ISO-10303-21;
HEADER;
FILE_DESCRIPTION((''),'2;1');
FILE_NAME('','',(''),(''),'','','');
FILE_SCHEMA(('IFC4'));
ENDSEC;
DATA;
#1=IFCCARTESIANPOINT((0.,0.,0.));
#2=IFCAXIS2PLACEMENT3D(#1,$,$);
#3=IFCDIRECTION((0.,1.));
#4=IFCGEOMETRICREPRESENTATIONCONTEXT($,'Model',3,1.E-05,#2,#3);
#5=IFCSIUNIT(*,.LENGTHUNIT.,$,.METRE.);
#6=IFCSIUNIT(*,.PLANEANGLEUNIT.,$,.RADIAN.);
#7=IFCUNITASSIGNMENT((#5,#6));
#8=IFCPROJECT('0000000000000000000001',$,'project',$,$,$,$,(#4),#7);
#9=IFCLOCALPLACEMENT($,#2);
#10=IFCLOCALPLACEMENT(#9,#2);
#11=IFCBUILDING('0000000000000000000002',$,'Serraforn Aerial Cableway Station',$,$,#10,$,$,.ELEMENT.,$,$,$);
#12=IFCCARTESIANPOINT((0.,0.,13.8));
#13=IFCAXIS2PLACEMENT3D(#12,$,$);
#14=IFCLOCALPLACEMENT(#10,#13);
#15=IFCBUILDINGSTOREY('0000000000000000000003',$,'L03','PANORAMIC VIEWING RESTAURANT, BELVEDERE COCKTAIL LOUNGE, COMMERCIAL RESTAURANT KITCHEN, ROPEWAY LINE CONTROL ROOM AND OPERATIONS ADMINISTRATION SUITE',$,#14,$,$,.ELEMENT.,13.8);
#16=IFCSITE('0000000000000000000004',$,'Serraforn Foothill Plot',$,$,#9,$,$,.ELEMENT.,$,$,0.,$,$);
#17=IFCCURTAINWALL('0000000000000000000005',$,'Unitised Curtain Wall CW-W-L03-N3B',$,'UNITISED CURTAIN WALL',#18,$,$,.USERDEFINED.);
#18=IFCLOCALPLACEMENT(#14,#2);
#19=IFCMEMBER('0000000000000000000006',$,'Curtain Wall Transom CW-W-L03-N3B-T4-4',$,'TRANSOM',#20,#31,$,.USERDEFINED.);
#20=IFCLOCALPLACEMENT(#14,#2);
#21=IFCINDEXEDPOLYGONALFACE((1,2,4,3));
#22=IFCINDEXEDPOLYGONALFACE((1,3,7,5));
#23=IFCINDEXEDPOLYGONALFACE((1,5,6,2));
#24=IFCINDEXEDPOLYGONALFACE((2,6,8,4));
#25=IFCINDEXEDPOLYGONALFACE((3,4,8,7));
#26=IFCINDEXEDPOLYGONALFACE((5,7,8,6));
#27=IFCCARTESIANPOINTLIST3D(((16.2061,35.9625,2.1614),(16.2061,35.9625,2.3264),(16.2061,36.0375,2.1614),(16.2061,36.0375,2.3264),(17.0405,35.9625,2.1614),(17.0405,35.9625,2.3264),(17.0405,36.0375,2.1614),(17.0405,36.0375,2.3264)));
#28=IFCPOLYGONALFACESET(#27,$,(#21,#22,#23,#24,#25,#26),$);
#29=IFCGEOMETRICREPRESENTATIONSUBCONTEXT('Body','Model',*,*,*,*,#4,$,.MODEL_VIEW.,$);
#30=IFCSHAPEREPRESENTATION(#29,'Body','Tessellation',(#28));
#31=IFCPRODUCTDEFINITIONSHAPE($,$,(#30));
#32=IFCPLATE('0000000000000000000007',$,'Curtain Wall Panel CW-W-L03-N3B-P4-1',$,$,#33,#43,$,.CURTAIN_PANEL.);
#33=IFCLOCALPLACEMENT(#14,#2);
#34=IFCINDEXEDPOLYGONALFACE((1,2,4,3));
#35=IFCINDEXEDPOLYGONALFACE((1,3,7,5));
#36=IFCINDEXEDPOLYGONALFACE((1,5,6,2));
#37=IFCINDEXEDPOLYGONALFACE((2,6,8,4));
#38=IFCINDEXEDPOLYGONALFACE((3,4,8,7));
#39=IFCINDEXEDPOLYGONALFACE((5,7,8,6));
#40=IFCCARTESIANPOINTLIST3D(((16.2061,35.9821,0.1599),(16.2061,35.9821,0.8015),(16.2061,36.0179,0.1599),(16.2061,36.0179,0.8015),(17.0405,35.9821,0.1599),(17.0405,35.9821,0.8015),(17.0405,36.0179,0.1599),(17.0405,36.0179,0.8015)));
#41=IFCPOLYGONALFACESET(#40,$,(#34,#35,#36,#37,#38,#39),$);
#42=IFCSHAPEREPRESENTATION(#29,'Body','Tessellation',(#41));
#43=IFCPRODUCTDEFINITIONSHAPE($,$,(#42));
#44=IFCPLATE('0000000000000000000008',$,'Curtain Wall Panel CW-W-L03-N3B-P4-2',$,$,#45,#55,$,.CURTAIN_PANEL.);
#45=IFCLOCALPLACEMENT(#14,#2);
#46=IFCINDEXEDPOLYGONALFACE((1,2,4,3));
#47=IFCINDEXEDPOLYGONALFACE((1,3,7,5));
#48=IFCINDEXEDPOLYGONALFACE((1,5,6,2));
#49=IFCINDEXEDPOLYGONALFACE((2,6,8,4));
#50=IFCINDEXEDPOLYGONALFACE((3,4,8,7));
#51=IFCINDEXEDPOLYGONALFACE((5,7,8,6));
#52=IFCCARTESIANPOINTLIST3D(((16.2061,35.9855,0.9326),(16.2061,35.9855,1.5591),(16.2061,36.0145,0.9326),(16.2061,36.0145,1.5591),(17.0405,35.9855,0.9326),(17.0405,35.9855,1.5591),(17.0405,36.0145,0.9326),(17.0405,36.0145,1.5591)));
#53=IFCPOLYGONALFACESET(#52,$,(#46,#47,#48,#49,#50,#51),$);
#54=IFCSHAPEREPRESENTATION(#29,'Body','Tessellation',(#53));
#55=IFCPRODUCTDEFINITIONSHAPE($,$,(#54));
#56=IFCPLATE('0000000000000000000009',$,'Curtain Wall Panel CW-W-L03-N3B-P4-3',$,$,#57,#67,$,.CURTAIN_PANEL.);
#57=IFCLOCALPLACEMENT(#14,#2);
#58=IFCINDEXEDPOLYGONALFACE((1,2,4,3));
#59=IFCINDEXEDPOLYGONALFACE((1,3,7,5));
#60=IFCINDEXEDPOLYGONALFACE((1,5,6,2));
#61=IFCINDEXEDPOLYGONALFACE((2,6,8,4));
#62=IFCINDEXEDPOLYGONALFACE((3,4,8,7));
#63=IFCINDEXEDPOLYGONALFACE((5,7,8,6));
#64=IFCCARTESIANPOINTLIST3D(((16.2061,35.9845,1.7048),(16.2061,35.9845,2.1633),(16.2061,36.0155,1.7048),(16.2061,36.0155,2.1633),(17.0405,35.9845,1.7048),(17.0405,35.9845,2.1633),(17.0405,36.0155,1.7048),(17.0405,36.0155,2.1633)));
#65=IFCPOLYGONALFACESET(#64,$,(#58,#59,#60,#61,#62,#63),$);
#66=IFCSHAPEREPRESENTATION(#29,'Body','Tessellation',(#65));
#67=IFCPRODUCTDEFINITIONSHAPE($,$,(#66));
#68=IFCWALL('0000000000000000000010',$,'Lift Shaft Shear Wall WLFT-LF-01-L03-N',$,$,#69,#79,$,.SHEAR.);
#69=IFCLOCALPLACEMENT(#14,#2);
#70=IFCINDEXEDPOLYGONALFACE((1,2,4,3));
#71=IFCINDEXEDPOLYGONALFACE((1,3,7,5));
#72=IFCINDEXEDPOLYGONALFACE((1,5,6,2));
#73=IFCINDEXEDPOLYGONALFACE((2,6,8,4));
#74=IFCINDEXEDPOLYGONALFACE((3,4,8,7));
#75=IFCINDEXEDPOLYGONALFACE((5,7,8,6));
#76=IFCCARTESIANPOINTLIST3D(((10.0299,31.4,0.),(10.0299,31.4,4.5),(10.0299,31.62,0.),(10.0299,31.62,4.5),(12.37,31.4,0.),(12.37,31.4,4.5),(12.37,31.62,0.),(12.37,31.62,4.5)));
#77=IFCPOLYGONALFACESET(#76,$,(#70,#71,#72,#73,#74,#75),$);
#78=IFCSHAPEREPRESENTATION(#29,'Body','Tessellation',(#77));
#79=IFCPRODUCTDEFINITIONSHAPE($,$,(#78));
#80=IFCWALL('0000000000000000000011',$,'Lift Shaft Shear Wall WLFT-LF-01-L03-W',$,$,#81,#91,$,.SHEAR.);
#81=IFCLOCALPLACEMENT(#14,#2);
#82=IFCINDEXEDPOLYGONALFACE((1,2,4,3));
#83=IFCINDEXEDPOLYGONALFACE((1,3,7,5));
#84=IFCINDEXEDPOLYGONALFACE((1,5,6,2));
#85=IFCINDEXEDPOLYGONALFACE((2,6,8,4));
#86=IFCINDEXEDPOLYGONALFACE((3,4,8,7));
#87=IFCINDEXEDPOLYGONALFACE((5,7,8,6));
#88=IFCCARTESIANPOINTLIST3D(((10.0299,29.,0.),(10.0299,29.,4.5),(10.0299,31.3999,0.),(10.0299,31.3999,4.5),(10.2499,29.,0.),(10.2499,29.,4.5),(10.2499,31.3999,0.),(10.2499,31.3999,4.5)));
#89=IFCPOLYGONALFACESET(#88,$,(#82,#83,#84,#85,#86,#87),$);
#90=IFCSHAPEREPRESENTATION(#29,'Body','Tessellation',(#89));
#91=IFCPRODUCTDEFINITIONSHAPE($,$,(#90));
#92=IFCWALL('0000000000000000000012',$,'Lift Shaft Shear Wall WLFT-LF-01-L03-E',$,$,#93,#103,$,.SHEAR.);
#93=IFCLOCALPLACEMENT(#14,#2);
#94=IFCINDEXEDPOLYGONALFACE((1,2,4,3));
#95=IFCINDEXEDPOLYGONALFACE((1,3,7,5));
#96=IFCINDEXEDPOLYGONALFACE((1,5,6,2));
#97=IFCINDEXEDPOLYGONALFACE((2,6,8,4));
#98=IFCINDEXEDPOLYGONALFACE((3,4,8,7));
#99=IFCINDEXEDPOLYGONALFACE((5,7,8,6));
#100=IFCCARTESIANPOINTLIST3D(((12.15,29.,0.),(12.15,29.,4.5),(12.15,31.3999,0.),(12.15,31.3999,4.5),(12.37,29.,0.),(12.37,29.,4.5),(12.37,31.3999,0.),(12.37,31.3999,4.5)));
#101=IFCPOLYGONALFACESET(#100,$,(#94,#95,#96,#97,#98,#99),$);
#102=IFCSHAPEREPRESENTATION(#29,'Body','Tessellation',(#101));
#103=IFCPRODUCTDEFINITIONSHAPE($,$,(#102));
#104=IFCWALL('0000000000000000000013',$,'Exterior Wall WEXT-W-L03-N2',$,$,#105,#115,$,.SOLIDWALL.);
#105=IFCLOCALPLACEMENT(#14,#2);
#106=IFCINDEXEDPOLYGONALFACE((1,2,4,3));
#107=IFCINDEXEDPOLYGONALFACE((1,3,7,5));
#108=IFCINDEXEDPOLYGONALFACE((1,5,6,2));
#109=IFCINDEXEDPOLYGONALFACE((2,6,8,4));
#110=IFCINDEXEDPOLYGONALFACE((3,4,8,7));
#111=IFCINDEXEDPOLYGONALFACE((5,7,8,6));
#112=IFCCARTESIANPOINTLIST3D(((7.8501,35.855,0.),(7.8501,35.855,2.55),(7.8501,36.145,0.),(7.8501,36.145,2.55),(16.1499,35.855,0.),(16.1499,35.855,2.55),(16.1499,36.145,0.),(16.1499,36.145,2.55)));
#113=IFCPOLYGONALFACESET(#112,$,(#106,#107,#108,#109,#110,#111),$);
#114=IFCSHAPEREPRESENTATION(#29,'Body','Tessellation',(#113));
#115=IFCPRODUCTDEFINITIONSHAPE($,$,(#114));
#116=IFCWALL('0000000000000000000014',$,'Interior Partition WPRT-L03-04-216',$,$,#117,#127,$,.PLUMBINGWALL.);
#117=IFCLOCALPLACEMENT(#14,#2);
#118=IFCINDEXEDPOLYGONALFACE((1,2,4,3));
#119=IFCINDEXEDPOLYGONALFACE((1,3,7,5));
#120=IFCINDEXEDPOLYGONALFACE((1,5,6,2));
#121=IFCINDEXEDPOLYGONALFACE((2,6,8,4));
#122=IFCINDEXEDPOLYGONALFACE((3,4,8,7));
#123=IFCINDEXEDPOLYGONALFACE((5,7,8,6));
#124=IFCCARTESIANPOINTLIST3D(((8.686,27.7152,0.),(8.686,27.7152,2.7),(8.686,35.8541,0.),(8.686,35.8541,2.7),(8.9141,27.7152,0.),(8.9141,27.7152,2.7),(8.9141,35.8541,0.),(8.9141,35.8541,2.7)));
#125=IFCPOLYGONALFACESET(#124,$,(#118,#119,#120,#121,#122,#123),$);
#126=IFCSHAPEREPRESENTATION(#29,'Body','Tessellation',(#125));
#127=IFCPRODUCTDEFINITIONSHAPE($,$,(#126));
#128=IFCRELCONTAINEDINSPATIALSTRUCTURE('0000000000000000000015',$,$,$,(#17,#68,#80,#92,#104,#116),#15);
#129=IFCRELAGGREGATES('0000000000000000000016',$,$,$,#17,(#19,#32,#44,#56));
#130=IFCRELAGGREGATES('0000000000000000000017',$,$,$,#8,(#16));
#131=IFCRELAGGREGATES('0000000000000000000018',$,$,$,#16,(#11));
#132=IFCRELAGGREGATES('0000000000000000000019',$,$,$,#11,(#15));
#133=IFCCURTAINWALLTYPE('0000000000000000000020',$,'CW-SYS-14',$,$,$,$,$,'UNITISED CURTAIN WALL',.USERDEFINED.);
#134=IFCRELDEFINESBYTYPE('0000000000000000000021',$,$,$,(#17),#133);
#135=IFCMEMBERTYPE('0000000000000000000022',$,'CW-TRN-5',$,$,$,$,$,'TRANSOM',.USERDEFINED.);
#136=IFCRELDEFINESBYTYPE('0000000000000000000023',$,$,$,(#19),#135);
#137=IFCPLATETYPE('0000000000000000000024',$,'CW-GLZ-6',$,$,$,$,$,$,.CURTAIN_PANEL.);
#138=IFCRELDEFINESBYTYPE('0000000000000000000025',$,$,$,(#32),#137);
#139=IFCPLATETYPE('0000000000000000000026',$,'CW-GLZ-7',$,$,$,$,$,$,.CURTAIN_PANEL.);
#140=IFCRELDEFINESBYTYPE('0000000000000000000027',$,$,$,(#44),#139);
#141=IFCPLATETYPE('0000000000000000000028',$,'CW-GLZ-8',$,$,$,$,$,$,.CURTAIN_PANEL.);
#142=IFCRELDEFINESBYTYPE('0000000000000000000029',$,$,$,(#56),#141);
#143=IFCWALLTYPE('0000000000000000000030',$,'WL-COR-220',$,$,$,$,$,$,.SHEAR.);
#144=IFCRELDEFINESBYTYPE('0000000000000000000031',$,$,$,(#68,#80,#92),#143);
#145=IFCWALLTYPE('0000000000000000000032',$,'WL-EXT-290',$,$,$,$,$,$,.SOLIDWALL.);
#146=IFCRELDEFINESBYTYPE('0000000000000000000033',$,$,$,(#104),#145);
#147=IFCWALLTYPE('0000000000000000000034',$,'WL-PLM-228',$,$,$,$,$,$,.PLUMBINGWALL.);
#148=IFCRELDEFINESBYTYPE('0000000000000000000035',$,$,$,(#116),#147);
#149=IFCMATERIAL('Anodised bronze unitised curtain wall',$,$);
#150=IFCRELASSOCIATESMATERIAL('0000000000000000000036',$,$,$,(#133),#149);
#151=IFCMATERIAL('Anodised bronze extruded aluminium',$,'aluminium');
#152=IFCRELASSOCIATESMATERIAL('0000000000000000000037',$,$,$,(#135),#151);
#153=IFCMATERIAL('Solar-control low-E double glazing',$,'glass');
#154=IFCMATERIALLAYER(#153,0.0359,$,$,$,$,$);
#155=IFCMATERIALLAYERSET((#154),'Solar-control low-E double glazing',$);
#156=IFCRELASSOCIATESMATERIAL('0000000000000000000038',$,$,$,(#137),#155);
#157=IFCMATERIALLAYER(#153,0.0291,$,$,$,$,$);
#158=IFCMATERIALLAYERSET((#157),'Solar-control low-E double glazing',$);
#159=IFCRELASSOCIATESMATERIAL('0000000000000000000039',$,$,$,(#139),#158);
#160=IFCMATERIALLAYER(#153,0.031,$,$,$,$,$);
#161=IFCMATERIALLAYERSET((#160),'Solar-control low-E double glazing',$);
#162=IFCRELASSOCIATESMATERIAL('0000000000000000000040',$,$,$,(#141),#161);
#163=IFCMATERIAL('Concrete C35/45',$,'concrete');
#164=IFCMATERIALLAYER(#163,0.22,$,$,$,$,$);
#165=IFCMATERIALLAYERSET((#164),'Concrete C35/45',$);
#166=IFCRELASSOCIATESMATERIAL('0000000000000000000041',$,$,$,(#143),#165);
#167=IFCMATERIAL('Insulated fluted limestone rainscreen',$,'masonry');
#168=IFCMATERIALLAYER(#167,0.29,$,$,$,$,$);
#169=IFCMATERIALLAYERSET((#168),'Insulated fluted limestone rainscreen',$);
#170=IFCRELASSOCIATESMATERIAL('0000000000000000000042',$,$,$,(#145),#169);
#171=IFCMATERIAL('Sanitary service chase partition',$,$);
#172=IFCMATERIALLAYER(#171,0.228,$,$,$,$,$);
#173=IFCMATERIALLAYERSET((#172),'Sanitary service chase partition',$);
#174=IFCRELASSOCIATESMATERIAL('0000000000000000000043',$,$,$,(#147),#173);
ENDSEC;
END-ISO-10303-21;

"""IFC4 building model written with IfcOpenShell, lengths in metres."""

from ifc_helpers import new_model, si_unit, direction, frame, frame_2d, origin, origin_2d, place, context, subcontext, project, spatial, rectangle, extrude, material, layer, layer_set, material_profile, profile_set, type_object, element, aggregate, save


model = new_model("IFC4")

# Units and contexts
model_context = context("Model", 3, precision=1e-05, world=origin(), true_north=direction((0.0, 1.0)))
body_context = subcontext(model_context, "Body", "Model", "MODEL_VIEW")
ifc_project = project(units=[si_unit("LENGTHUNIT", "METRE"), si_unit("PLANEANGLEUNIT", "RADIAN")], contexts=[model_context])

# Site, building, storey
site_placement = place(None, origin())
site = spatial("IfcSite", under=ifc_project, at=site_placement, Name="Serraforn Foothill Plot", CompositionType="ELEMENT", RefElevation=0.0)
building_placement = place(site_placement, origin())
building = spatial("IfcBuilding", under=site, at=building_placement, Name="Serraforn Aerial Cableway Station", CompositionType="ELEMENT")
storey_placement = place(building_placement, frame((0.0, 0.0, 13.8)))
storey = spatial("IfcBuildingStorey", under=building, at=storey_placement, Name="L03", Description="PANORAMIC VIEWING RESTAURANT, BELVEDERE COCKTAIL LOUNGE, COMMERCIAL RESTAURANT KITCHEN, ROPEWAY LINE CONTROL ROOM AND OPERATIONS ADMINISTRATION SUITE", CompositionType="ELEMENT", Elevation=13.8)

# Curtain wall
ifc_material_1 = material(Name="Anodised bronze unitised curtain wall")
curtain_wall_type_1 = type_object("IfcCurtainWallType", Name="CW-SYS-14", ElementType="UNITISED CURTAIN WALL", PredefinedType="USERDEFINED", material=ifc_material_1)
curtain_wall_1_placement = place(storey_placement, origin())
curtain_wall_1 = element("IfcCurtainWall", 1, at=curtain_wall_1_placement, inside=storey, type_object=curtain_wall_type_1, Name="Unitised Curtain Wall CW-W-L03-N3B", ObjectType="UNITISED CURTAIN WALL", PredefinedType="USERDEFINED")
ifc_material_2 = material(Name="Anodised bronze extruded aluminium", Category="aluminium")

# Member
ifc_material_profile_1 = material_profile(ifc_material_2, rectangle(XDim=0.075, YDim=0.165, at=origin_2d()), Name="CW TRANSOM 75x165")
ifc_profile_set_1 = profile_set([ifc_material_profile_1], Name="Anodised bronze extruded aluminium")
member_type_1 = type_object("IfcMemberType", Name="CW-TRN-5", ElementType="TRANSOM", PredefinedType="USERDEFINED", material=ifc_profile_set_1)
member_1_placement = place(storey_placement, frame((17.0405, 36.0, 2.2439), z_axis=(-1.0, 0.0, 0.0), x_axis=(0.0, -1.0, 0.0)))
member_1 = element("IfcMember", 2, at=member_1_placement, type_object=member_type_1, Name="Curtain Wall Transom CW-W-L03-N3B-T4-4", ObjectType="TRANSOM", PredefinedType="USERDEFINED", context=body_context, shape_type="SweptSolid", body=[
    extrude(rectangle(XDim=0.075, YDim=0.165, at=origin_2d()), origin(), (0.0, 0.0, 1.0), 0.8345),
])

# Plates
ifc_material_3 = material(Name="Solar-control low-E double glazing", Category="glass")
ifc_layer_1 = layer(ifc_material_3, 0.0359)
ifc_layer_set_1 = layer_set([ifc_layer_1], Name="Solar-control low-E double glazing")
plate_type_1 = type_object("IfcPlateType", Name="CW-GLZ-6", PredefinedType="CURTAIN_PANEL", material=ifc_layer_set_1)
plate_1_placement = place(storey_placement, frame((16.6233, 36.0, 0.1599), z_axis=(0.0, 0.0, 1.0), x_axis=(1.0, 0.0, 0.0)))
plate_1 = element("IfcPlate", 3, at=plate_1_placement, type_object=plate_type_1, Name="Curtain Wall Panel CW-W-L03-N3B-P4-1", PredefinedType="CURTAIN_PANEL", context=body_context, shape_type="SweptSolid", body=[
    extrude(rectangle(XDim=0.8345, YDim=0.0359, at=origin_2d()), origin(), (0.0, 0.0, 1.0), 0.6416),
])
ifc_layer_2 = layer(ifc_material_3, 0.0291)
ifc_layer_set_2 = layer_set([ifc_layer_2], Name="Solar-control low-E double glazing")
plate_type_2 = type_object("IfcPlateType", Name="CW-GLZ-7", PredefinedType="CURTAIN_PANEL", material=ifc_layer_set_2)
plate_2_placement = place(storey_placement, frame((16.6233, 36.0, 0.9326), z_axis=(0.0, 0.0, 1.0), x_axis=(1.0, 0.0, 0.0)))
plate_2 = element("IfcPlate", 4, at=plate_2_placement, type_object=plate_type_2, Name="Curtain Wall Panel CW-W-L03-N3B-P4-2", PredefinedType="CURTAIN_PANEL", context=body_context, shape_type="SweptSolid", body=[
    extrude(rectangle(XDim=0.8345, YDim=0.0291, at=origin_2d()), origin(), (0.0, 0.0, 1.0), 0.6265),
])
ifc_layer_3 = layer(ifc_material_3, 0.031)
ifc_layer_set_3 = layer_set([ifc_layer_3], Name="Solar-control low-E double glazing")
plate_type_3 = type_object("IfcPlateType", Name="CW-GLZ-8", PredefinedType="CURTAIN_PANEL", material=ifc_layer_set_3)
plate_3_placement = place(storey_placement, frame((16.6233, 36.0, 1.7048), z_axis=(0.0, 0.0, 1.0), x_axis=(1.0, 0.0, 0.0)))
plate_3 = element("IfcPlate", 5, at=plate_3_placement, type_object=plate_type_3, Name="Curtain Wall Panel CW-W-L03-N3B-P4-3", PredefinedType="CURTAIN_PANEL", context=body_context, shape_type="SweptSolid", body=[
    extrude(rectangle(XDim=0.8345, YDim=0.031, at=origin_2d()), origin(), (0.0, 0.0, 1.0), 0.4585),
])
aggregate(curtain_wall_1, [member_1, plate_1, plate_2, plate_3])

# Shared definitions
ifc_material_4 = material(Name="Concrete C35/45", Category="concrete")
ifc_layer_4 = layer(ifc_material_4, 0.22)
ifc_layer_set_4 = layer_set([ifc_layer_4], Name="Concrete C35/45")
wall_type_1 = type_object("IfcWallType", Name="WL-COR-220", PredefinedType="SHEAR", material=ifc_layer_set_4)

# Walls
wall_1_placement = place(storey_placement, frame((10.03, 31.51, 0.0), z_axis=(0.0, 0.0, 1.0), x_axis=(1.0, 0.0, 0.0)))
element("IfcWall", 6, at=wall_1_placement, inside=storey, type_object=wall_type_1, Name="Lift Shaft Shear Wall WLFT-LF-01-L03-N", PredefinedType="SHEAR", context=body_context, shape_type="SweptSolid", body=[
    extrude(rectangle(XDim=2.3401, YDim=0.22, at=frame_2d((1.1699, 0.0))), origin(), (0.0, 0.0, 1.0), 4.5),
])
for number, where, z_axis, x_axis, name in (
    (7, (10.1399, 29.0, 0.0), (0.0, 0.0, 1.0), (0.0, 1.0, 0.0), "Lift Shaft Shear Wall WLFT-LF-01-L03-W"),
    (8, (12.26, 29.0, 0.0), (0.0, 0.0, 1.0), (0.0, 1.0, 0.0), "Lift Shaft Shear Wall WLFT-LF-01-L03-E"),
):
    element("IfcWall", number, at=place(storey_placement, frame(where, z_axis=z_axis, x_axis=x_axis)), inside=storey, type_object=wall_type_1, Name=name, PredefinedType="SHEAR", context=body_context, shape_type="SweptSolid", body=[
        extrude(rectangle(XDim=2.3999, YDim=0.22, at=frame_2d((1.2, 0.0))), origin(), (0.0, 0.0, 1.0), 4.5),
    ])
ifc_material_5 = material(Name="Insulated fluted limestone rainscreen", Category="masonry")
ifc_layer_5 = layer(ifc_material_5, 0.29)
ifc_layer_set_5 = layer_set([ifc_layer_5], Name="Insulated fluted limestone rainscreen")
wall_type_2 = type_object("IfcWallType", Name="WL-EXT-290", PredefinedType="SOLIDWALL", material=ifc_layer_set_5)
wall_2_placement = place(storey_placement, frame((16.1499, 36.0, 0.0), z_axis=(0.0, 0.0, 1.0), x_axis=(-1.0, 0.0, 0.0)))
element("IfcWall", 9, at=wall_2_placement, inside=storey, type_object=wall_type_2, Name="Exterior Wall WEXT-W-L03-N2", PredefinedType="SOLIDWALL", context=body_context, shape_type="SweptSolid", body=[
    extrude(rectangle(XDim=8.2998, YDim=0.29, at=frame_2d((4.1499, 0.0))), origin(), (0.0, 0.0, 1.0), 2.55),
])
ifc_material_6 = material(Name="Sanitary service chase partition")
ifc_layer_6 = layer(ifc_material_6, 0.228)
ifc_layer_set_6 = layer_set([ifc_layer_6], Name="Sanitary service chase partition")
wall_type_3 = type_object("IfcWallType", Name="WL-PLM-228", PredefinedType="PLUMBINGWALL", material=ifc_layer_set_6)
wall_3_placement = place(storey_placement, frame((8.8, 35.854, 0.0), z_axis=(0.0, 0.0, 1.0), x_axis=(0.0, -1.0, 0.0)))
element("IfcWall", 10, at=wall_3_placement, inside=storey, type_object=wall_type_3, Name="Interior Partition WPRT-L03-04-216", PredefinedType="PLUMBINGWALL", context=body_context, shape_type="SweptSolid", body=[
    extrude(rectangle(XDim=8.1389, YDim=0.228, at=frame_2d((4.0693, 0.0))), origin(), (0.0, 0.0, 1.0), 2.7),
])

save(model, "model.ifc")
